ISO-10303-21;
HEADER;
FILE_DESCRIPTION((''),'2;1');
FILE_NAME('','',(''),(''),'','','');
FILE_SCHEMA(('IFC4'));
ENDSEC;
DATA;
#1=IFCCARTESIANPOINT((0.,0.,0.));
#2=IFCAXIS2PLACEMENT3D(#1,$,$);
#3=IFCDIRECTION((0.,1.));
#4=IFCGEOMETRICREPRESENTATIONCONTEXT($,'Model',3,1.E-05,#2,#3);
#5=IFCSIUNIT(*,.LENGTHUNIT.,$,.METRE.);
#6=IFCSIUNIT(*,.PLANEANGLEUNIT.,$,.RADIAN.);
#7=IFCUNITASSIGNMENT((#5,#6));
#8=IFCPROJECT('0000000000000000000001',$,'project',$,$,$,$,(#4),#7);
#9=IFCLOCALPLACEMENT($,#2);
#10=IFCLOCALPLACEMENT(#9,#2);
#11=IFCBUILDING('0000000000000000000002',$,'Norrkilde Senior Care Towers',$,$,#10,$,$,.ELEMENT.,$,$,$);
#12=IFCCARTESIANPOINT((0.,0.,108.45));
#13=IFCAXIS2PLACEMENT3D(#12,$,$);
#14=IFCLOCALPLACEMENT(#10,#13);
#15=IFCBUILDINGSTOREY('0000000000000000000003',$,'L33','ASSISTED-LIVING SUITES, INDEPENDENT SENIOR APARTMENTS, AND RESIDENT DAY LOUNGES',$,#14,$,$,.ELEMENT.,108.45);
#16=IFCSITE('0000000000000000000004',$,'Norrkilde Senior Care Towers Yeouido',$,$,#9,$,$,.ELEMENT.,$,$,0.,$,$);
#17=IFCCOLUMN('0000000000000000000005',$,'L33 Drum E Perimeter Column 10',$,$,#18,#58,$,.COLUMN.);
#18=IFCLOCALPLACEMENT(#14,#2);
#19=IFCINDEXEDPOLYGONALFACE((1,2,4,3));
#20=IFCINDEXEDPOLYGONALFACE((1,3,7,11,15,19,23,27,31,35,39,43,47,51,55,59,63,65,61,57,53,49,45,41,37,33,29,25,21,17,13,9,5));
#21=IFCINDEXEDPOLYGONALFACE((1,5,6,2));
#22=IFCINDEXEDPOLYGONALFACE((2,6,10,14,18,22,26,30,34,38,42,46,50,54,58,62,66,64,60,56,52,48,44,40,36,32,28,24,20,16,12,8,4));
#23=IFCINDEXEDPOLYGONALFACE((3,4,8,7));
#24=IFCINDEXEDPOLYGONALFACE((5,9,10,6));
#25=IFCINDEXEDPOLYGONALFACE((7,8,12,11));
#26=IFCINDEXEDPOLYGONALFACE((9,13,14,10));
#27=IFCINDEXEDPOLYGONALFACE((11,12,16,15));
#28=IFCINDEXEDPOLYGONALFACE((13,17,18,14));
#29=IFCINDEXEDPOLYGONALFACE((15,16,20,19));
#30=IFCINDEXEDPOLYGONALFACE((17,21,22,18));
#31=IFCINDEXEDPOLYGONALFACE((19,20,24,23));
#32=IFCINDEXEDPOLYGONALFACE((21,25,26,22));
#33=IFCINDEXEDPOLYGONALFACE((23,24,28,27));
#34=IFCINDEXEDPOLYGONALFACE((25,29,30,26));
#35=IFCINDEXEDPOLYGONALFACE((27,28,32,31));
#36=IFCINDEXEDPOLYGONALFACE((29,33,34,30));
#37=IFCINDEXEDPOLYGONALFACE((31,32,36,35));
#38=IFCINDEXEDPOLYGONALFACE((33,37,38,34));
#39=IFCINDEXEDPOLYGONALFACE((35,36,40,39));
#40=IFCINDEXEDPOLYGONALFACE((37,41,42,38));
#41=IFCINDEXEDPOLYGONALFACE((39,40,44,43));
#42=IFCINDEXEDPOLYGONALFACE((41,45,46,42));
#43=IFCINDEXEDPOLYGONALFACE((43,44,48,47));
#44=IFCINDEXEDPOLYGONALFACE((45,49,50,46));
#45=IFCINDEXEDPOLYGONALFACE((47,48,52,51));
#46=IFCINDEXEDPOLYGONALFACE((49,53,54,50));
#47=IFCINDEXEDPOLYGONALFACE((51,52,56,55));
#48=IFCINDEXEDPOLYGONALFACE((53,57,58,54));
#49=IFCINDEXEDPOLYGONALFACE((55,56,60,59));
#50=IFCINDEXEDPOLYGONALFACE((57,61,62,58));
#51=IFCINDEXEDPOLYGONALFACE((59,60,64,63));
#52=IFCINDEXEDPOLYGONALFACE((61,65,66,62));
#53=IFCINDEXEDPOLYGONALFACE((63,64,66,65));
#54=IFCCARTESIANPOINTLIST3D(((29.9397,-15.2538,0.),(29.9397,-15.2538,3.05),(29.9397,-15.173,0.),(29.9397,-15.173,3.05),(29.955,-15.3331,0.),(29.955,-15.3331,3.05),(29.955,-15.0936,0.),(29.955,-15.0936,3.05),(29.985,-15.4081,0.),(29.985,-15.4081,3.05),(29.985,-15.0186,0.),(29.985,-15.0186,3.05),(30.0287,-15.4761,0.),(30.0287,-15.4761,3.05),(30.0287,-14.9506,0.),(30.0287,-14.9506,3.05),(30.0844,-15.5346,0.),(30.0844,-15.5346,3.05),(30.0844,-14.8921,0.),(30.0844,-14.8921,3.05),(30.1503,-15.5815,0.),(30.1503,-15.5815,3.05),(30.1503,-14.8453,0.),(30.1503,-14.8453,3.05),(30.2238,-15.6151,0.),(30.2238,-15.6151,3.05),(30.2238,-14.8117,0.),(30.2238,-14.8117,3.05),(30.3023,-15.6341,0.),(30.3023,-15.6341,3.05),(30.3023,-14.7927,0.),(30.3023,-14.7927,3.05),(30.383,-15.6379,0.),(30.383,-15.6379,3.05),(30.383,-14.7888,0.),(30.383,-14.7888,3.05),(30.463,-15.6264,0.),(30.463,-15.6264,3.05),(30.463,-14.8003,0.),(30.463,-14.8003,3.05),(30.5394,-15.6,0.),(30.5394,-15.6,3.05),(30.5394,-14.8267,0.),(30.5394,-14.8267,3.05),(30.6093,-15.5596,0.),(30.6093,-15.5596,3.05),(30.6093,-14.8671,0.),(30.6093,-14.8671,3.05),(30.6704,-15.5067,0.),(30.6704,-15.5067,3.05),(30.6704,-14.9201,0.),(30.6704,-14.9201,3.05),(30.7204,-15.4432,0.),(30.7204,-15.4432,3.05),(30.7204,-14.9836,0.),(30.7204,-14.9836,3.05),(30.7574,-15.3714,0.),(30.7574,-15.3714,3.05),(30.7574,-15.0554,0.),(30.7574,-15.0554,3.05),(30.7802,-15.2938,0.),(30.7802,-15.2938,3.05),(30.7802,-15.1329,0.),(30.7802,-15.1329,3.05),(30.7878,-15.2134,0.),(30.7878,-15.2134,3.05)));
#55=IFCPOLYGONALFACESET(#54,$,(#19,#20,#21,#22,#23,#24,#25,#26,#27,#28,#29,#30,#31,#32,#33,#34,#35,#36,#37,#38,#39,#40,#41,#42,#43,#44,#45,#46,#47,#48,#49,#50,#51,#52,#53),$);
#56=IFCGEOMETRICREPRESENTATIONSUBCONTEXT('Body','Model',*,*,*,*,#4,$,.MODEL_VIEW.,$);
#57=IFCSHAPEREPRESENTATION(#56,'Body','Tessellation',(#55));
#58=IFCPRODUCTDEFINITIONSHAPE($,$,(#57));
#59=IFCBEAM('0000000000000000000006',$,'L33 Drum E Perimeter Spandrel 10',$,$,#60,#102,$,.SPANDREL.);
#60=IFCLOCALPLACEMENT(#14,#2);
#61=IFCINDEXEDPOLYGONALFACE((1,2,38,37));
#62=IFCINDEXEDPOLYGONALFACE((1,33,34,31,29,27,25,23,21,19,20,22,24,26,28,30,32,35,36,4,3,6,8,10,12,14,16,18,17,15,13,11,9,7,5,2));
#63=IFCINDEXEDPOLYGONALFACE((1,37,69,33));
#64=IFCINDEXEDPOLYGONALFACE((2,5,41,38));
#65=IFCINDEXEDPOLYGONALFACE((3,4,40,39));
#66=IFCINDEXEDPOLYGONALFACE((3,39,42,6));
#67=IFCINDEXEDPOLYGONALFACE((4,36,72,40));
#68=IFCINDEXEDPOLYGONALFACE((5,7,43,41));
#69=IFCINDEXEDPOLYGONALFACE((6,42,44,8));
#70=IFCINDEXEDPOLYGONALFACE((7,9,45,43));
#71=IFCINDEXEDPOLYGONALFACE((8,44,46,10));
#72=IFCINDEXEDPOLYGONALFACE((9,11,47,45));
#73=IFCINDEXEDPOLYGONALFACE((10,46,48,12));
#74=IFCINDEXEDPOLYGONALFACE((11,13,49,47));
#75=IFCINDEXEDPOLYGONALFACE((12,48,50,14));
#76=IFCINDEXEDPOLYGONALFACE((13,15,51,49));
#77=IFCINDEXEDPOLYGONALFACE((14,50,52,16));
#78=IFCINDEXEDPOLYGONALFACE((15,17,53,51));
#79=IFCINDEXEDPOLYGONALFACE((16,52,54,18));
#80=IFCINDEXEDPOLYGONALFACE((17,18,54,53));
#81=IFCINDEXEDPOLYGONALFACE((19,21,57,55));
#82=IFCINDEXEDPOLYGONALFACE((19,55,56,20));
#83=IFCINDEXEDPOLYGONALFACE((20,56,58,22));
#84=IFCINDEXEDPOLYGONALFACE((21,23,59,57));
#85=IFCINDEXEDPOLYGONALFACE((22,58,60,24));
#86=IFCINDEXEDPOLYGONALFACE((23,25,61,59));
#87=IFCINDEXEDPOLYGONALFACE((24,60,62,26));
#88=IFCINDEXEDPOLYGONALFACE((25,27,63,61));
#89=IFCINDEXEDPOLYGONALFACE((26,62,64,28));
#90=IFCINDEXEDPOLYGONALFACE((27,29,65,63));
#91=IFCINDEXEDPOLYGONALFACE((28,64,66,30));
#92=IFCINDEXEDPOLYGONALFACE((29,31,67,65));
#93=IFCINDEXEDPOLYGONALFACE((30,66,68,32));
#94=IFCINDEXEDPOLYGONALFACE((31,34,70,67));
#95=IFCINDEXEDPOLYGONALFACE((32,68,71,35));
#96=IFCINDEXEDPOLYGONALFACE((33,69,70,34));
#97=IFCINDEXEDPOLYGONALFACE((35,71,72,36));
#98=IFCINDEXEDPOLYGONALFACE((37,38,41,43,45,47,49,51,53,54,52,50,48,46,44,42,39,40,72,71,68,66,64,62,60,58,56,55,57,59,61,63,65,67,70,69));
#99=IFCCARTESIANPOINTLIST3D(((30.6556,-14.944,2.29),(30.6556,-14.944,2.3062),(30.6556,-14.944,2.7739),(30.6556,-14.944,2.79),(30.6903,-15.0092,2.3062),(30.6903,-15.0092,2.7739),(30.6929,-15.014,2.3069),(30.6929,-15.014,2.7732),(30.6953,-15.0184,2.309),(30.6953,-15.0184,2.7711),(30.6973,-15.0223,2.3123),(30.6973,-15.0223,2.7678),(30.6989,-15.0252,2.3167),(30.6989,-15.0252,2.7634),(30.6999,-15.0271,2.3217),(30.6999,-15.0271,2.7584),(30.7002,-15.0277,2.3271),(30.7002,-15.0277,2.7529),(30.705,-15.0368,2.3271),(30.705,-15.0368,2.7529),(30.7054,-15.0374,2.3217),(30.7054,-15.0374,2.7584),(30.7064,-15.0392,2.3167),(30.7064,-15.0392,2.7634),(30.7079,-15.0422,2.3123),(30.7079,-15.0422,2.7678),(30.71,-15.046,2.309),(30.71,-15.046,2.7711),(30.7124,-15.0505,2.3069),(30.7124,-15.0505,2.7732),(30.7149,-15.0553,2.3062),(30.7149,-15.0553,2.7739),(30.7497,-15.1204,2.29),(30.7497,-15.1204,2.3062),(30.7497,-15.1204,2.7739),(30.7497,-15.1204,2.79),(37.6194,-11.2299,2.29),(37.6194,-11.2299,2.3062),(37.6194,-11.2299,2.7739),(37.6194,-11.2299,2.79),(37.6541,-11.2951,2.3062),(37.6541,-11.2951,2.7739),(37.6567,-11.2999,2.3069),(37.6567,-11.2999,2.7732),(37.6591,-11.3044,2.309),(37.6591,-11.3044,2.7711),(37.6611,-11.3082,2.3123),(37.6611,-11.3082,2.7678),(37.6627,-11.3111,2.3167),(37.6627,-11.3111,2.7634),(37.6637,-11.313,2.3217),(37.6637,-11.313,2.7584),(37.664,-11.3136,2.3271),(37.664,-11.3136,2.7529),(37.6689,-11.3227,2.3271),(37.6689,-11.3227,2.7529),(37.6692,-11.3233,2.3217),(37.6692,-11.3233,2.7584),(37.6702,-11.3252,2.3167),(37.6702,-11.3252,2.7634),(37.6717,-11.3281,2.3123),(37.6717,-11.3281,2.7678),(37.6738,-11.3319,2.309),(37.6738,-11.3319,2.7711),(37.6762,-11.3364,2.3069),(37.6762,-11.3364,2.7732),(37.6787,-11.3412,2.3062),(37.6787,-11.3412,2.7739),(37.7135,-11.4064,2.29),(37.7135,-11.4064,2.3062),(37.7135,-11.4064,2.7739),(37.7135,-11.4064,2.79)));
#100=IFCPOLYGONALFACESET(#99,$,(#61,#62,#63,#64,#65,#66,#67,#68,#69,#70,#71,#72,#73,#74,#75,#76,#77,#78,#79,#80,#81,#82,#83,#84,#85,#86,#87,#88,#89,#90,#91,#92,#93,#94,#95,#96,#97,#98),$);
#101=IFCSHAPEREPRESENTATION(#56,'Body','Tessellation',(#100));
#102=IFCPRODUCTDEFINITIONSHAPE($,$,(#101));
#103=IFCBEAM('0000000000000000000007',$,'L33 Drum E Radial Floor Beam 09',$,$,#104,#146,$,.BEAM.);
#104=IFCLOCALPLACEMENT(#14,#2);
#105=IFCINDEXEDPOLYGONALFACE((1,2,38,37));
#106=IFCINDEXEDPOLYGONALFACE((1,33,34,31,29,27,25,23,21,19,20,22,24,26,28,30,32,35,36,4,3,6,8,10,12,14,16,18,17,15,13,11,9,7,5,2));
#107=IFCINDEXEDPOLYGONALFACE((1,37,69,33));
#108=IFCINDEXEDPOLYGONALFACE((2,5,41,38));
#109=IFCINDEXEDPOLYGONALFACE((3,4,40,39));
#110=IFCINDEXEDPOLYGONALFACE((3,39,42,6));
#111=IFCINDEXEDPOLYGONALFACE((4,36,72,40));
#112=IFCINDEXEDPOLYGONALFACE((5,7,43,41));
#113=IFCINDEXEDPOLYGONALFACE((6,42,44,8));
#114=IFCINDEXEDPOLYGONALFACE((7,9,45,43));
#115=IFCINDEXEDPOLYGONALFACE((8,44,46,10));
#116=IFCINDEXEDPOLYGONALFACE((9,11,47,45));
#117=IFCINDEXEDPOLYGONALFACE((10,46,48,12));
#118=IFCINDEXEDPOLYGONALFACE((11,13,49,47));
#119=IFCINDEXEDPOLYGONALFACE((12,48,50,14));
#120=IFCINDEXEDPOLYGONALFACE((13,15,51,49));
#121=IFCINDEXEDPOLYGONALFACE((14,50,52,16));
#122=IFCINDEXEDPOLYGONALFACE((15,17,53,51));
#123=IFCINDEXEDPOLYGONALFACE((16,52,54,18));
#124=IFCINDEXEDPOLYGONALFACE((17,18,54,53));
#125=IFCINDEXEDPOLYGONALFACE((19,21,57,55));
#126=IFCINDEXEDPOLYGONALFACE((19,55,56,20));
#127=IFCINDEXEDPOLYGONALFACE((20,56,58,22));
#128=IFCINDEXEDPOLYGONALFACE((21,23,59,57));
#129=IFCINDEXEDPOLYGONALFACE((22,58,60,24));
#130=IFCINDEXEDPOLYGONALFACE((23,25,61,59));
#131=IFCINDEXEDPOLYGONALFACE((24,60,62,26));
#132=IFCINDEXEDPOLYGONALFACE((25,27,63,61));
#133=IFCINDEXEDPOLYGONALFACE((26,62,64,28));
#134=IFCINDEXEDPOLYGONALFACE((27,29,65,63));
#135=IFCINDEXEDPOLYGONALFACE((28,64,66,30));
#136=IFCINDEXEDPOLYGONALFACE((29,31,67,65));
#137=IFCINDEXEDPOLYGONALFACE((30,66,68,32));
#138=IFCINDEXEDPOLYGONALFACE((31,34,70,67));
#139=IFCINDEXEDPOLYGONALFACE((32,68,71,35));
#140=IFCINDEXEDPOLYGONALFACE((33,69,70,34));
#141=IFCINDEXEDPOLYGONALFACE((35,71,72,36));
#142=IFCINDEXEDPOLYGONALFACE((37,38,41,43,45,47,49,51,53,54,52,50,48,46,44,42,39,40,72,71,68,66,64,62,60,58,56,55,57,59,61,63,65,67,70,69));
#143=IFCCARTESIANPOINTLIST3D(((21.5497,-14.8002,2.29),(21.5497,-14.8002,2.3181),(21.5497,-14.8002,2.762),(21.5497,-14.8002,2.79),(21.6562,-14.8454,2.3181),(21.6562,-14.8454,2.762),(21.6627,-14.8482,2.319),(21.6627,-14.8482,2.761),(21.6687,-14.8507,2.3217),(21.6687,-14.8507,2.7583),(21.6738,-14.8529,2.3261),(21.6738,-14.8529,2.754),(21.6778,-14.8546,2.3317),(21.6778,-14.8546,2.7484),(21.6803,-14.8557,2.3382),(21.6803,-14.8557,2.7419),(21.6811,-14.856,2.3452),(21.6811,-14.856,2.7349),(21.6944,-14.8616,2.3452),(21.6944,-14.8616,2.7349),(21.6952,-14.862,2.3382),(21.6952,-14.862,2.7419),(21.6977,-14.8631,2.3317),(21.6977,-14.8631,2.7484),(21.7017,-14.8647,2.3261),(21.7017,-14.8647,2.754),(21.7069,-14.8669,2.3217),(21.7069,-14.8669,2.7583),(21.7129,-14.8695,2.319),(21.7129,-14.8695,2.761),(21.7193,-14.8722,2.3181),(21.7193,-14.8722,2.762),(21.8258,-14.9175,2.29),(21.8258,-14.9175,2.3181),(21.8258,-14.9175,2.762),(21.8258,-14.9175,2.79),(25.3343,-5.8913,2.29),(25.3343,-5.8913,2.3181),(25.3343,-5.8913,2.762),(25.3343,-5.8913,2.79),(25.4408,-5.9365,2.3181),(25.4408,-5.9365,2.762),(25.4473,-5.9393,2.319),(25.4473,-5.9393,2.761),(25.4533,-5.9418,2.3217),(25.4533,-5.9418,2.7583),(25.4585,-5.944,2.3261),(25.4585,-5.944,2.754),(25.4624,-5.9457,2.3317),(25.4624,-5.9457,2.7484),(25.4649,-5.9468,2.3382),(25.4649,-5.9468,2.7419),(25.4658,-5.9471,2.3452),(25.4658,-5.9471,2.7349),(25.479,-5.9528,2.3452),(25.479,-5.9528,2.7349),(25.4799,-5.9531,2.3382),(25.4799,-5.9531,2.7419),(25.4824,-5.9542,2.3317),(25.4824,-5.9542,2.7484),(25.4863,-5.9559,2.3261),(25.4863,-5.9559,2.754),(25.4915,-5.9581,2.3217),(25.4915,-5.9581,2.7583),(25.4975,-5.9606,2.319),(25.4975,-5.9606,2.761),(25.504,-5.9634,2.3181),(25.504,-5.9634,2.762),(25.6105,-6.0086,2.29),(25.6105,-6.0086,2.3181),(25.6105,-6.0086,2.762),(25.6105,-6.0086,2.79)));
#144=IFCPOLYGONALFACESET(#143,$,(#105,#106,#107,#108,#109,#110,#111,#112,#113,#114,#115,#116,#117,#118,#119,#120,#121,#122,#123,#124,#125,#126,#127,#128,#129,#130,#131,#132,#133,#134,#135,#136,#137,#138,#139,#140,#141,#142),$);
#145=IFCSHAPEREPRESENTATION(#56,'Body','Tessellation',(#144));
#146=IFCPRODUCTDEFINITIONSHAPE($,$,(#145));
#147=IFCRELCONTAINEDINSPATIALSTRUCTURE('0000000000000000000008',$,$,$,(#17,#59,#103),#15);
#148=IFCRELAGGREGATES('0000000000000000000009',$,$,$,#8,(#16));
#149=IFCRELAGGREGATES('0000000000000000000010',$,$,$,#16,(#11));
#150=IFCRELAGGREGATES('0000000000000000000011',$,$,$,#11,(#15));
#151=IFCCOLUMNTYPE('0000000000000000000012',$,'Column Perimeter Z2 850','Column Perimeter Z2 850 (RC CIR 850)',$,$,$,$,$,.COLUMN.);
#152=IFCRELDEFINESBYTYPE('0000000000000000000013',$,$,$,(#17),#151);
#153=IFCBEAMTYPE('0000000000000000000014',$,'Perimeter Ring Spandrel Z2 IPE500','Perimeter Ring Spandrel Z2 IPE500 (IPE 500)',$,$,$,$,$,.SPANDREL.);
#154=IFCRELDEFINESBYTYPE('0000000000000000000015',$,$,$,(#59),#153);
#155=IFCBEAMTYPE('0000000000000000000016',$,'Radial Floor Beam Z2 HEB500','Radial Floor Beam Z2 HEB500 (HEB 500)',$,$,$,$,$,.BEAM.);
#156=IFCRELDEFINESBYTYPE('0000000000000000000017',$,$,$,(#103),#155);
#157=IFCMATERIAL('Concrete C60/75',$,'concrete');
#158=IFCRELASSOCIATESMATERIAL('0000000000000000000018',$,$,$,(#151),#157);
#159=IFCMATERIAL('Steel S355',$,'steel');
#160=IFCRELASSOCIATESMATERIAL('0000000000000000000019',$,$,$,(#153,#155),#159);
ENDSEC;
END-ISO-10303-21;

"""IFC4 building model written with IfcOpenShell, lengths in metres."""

from ifc_helpers import new_model, si_unit, direction, frame, origin, origin_2d, place, context, subcontext, project, spatial, circle, i_section, extrude, source, transform, mapped, material, material_profile, profile_set, type_object, type_shapes, element, save


model = new_model("IFC4")

# Units and contexts
model_context = context("Model", 3, precision=1e-05, world=origin(), true_north=direction((0.0, 1.0)))
body_context = subcontext(model_context, "Body", "Model", "MODEL_VIEW")
ifc_project = project(units=[si_unit("LENGTHUNIT", "METRE"), si_unit("PLANEANGLEUNIT", "RADIAN")], contexts=[model_context])

# Site, building, storey
site_placement = place(None, origin())
site = spatial("IfcSite", under=ifc_project, at=site_placement, Name="Norrkilde Senior Care Towers Yeouido", CompositionType="ELEMENT", RefElevation=0.0)
building_placement = place(site_placement, origin())
building = spatial("IfcBuilding", under=site, at=building_placement, Name="Norrkilde Senior Care Towers", CompositionType="ELEMENT")
storey_placement = place(building_placement, frame((0.0, 0.0, 108.45)))
storey = spatial("IfcBuildingStorey", under=building, at=storey_placement, Name="L33", Description="ASSISTED-LIVING SUITES, INDEPENDENT SENIOR APARTMENTS, AND RESIDENT DAY LOUNGES", CompositionType="ELEMENT", Elevation=108.45)

# Column
ifc_material_1 = material(Name="Concrete C60/75", Category="concrete")
ifc_material_profile_1 = material_profile(ifc_material_1, circle(Radius=0.425, at=origin_2d()), Name="RC CIR 850")
ifc_profile_set_1 = profile_set([ifc_material_profile_1], Name="Concrete C60/75")
column_type = type_object("IfcColumnType", Name="Column Perimeter Z2 850", Description="Column Perimeter Z2 850 (RC CIR 850)", PredefinedType="COLUMN", material=ifc_profile_set_1)
shared_shape_1 = source(origin(), body_context, "Body", "SweptSolid", [
    extrude(circle(Radius=0.425, at=origin_2d()), origin(), (0.0, 0.0, 1.0), 3.05),
])
type_shapes(column_type, [shared_shape_1])
column_placement = place(storey_placement, frame((30.3628, -15.2134, 0.0), z_axis=(0.0, 0.0, 1.0), x_axis=(1.0, 0.0, 0.0)))
element("IfcColumn", 1, at=column_placement, inside=storey, type_object=column_type, Name="L33 Drum E Perimeter Column 10", PredefinedType="COLUMN", context=body_context, shape_type="MappedRepresentation", body=[
    mapped(shared_shape_1, transform((0.0, 0.0, 0.0), x_axis=(1.0, 0.0, 0.0), y_axis=(0.0, 1.0, 0.0), z_axis=(0.0, 0.0, 1.0), scale=1.0)),
])

# Beams
ifc_material_2 = material(Name="Steel S355", Category="steel")
ifc_material_profile_2 = material_profile(ifc_material_2, i_section(OverallWidth=0.2, OverallDepth=0.5, WebThickness=0.0103, FlangeThickness=0.0161, FilletRadius=0.021, at=origin_2d()), Name="IPE 500")
ifc_profile_set_2 = profile_set([ifc_material_profile_2], Name="Steel S355")
beam_type_1 = type_object("IfcBeamType", Name="Perimeter Ring Spandrel Z2 IPE500", Description="Perimeter Ring Spandrel Z2 IPE500 (IPE 500)", PredefinedType="SPANDREL", material=ifc_profile_set_2)
shared_shape_2 = source(origin(), body_context, "Body", "SweptSolid", [
    extrude(i_section(OverallWidth=0.2, OverallDepth=0.5, WebThickness=0.0103, FlangeThickness=0.0161, FilletRadius=0.021, at=origin_2d()), origin(), (0.0, 0.0, 1.0), 7.8923),
])
type_shapes(beam_type_1, [shared_shape_2])
beam_1_placement = place(storey_placement, frame((30.7026, -15.0322, 2.54), z_axis=(0.88235, 0.470593, 0.0), x_axis=(-0.470593, 0.88235, 0.0)))
element("IfcBeam", 2, at=beam_1_placement, inside=storey, type_object=beam_type_1, Name="L33 Drum E Perimeter Spandrel 10", PredefinedType="SPANDREL", context=body_context, shape_type="MappedRepresentation", body=[
    mapped(shared_shape_2, transform((0.0, 0.0, 0.0), x_axis=(1.0, 0.0, 0.0), y_axis=(0.0, 1.0, 0.0), z_axis=(0.0, 0.0, 1.0), scale=1.0)),
])
ifc_material_profile_3 = material_profile(ifc_material_2, i_section(OverallWidth=0.3, OverallDepth=0.5, WebThickness=0.0144, FlangeThickness=0.0281, FilletRadius=0.0271, at=origin_2d()), Name="HEB 500")
ifc_profile_set_3 = profile_set([ifc_material_profile_3], Name="Steel S355")
beam_type_2 = type_object("IfcBeamType", Name="Radial Floor Beam Z2 HEB500", Description="Radial Floor Beam Z2 HEB500 (HEB 500)", PredefinedType="BEAM", material=ifc_profile_set_3)
shared_shape_3 = source(origin(), body_context, "Body", "SweptSolid", [
    extrude(i_section(OverallWidth=0.3, OverallDepth=0.5, WebThickness=0.0144, FlangeThickness=0.0281, FilletRadius=0.0271, at=origin_2d()), origin(), (0.0, 0.0, 1.0), 9.6794),
])
beam_2_placement = place(storey_placement, frame((25.4724, -5.95, 2.54), z_axis=(-0.390998, -0.920392, 0.0), x_axis=(0.920392, -0.390998, 0.0)))
element("IfcBeam", 3, at=beam_2_placement, inside=storey, type_object=beam_type_2, Name="L33 Drum E Radial Floor Beam 09", PredefinedType="BEAM", context=body_context, shape_type="MappedRepresentation", body=[
    mapped(shared_shape_3, transform((0.0, 0.0, 0.0), x_axis=(1.0, 0.0, 0.0), y_axis=(0.0, 1.0, 0.0), z_axis=(0.0, 0.0, 1.0), scale=1.0)),
])

save(model, "model.ifc")
